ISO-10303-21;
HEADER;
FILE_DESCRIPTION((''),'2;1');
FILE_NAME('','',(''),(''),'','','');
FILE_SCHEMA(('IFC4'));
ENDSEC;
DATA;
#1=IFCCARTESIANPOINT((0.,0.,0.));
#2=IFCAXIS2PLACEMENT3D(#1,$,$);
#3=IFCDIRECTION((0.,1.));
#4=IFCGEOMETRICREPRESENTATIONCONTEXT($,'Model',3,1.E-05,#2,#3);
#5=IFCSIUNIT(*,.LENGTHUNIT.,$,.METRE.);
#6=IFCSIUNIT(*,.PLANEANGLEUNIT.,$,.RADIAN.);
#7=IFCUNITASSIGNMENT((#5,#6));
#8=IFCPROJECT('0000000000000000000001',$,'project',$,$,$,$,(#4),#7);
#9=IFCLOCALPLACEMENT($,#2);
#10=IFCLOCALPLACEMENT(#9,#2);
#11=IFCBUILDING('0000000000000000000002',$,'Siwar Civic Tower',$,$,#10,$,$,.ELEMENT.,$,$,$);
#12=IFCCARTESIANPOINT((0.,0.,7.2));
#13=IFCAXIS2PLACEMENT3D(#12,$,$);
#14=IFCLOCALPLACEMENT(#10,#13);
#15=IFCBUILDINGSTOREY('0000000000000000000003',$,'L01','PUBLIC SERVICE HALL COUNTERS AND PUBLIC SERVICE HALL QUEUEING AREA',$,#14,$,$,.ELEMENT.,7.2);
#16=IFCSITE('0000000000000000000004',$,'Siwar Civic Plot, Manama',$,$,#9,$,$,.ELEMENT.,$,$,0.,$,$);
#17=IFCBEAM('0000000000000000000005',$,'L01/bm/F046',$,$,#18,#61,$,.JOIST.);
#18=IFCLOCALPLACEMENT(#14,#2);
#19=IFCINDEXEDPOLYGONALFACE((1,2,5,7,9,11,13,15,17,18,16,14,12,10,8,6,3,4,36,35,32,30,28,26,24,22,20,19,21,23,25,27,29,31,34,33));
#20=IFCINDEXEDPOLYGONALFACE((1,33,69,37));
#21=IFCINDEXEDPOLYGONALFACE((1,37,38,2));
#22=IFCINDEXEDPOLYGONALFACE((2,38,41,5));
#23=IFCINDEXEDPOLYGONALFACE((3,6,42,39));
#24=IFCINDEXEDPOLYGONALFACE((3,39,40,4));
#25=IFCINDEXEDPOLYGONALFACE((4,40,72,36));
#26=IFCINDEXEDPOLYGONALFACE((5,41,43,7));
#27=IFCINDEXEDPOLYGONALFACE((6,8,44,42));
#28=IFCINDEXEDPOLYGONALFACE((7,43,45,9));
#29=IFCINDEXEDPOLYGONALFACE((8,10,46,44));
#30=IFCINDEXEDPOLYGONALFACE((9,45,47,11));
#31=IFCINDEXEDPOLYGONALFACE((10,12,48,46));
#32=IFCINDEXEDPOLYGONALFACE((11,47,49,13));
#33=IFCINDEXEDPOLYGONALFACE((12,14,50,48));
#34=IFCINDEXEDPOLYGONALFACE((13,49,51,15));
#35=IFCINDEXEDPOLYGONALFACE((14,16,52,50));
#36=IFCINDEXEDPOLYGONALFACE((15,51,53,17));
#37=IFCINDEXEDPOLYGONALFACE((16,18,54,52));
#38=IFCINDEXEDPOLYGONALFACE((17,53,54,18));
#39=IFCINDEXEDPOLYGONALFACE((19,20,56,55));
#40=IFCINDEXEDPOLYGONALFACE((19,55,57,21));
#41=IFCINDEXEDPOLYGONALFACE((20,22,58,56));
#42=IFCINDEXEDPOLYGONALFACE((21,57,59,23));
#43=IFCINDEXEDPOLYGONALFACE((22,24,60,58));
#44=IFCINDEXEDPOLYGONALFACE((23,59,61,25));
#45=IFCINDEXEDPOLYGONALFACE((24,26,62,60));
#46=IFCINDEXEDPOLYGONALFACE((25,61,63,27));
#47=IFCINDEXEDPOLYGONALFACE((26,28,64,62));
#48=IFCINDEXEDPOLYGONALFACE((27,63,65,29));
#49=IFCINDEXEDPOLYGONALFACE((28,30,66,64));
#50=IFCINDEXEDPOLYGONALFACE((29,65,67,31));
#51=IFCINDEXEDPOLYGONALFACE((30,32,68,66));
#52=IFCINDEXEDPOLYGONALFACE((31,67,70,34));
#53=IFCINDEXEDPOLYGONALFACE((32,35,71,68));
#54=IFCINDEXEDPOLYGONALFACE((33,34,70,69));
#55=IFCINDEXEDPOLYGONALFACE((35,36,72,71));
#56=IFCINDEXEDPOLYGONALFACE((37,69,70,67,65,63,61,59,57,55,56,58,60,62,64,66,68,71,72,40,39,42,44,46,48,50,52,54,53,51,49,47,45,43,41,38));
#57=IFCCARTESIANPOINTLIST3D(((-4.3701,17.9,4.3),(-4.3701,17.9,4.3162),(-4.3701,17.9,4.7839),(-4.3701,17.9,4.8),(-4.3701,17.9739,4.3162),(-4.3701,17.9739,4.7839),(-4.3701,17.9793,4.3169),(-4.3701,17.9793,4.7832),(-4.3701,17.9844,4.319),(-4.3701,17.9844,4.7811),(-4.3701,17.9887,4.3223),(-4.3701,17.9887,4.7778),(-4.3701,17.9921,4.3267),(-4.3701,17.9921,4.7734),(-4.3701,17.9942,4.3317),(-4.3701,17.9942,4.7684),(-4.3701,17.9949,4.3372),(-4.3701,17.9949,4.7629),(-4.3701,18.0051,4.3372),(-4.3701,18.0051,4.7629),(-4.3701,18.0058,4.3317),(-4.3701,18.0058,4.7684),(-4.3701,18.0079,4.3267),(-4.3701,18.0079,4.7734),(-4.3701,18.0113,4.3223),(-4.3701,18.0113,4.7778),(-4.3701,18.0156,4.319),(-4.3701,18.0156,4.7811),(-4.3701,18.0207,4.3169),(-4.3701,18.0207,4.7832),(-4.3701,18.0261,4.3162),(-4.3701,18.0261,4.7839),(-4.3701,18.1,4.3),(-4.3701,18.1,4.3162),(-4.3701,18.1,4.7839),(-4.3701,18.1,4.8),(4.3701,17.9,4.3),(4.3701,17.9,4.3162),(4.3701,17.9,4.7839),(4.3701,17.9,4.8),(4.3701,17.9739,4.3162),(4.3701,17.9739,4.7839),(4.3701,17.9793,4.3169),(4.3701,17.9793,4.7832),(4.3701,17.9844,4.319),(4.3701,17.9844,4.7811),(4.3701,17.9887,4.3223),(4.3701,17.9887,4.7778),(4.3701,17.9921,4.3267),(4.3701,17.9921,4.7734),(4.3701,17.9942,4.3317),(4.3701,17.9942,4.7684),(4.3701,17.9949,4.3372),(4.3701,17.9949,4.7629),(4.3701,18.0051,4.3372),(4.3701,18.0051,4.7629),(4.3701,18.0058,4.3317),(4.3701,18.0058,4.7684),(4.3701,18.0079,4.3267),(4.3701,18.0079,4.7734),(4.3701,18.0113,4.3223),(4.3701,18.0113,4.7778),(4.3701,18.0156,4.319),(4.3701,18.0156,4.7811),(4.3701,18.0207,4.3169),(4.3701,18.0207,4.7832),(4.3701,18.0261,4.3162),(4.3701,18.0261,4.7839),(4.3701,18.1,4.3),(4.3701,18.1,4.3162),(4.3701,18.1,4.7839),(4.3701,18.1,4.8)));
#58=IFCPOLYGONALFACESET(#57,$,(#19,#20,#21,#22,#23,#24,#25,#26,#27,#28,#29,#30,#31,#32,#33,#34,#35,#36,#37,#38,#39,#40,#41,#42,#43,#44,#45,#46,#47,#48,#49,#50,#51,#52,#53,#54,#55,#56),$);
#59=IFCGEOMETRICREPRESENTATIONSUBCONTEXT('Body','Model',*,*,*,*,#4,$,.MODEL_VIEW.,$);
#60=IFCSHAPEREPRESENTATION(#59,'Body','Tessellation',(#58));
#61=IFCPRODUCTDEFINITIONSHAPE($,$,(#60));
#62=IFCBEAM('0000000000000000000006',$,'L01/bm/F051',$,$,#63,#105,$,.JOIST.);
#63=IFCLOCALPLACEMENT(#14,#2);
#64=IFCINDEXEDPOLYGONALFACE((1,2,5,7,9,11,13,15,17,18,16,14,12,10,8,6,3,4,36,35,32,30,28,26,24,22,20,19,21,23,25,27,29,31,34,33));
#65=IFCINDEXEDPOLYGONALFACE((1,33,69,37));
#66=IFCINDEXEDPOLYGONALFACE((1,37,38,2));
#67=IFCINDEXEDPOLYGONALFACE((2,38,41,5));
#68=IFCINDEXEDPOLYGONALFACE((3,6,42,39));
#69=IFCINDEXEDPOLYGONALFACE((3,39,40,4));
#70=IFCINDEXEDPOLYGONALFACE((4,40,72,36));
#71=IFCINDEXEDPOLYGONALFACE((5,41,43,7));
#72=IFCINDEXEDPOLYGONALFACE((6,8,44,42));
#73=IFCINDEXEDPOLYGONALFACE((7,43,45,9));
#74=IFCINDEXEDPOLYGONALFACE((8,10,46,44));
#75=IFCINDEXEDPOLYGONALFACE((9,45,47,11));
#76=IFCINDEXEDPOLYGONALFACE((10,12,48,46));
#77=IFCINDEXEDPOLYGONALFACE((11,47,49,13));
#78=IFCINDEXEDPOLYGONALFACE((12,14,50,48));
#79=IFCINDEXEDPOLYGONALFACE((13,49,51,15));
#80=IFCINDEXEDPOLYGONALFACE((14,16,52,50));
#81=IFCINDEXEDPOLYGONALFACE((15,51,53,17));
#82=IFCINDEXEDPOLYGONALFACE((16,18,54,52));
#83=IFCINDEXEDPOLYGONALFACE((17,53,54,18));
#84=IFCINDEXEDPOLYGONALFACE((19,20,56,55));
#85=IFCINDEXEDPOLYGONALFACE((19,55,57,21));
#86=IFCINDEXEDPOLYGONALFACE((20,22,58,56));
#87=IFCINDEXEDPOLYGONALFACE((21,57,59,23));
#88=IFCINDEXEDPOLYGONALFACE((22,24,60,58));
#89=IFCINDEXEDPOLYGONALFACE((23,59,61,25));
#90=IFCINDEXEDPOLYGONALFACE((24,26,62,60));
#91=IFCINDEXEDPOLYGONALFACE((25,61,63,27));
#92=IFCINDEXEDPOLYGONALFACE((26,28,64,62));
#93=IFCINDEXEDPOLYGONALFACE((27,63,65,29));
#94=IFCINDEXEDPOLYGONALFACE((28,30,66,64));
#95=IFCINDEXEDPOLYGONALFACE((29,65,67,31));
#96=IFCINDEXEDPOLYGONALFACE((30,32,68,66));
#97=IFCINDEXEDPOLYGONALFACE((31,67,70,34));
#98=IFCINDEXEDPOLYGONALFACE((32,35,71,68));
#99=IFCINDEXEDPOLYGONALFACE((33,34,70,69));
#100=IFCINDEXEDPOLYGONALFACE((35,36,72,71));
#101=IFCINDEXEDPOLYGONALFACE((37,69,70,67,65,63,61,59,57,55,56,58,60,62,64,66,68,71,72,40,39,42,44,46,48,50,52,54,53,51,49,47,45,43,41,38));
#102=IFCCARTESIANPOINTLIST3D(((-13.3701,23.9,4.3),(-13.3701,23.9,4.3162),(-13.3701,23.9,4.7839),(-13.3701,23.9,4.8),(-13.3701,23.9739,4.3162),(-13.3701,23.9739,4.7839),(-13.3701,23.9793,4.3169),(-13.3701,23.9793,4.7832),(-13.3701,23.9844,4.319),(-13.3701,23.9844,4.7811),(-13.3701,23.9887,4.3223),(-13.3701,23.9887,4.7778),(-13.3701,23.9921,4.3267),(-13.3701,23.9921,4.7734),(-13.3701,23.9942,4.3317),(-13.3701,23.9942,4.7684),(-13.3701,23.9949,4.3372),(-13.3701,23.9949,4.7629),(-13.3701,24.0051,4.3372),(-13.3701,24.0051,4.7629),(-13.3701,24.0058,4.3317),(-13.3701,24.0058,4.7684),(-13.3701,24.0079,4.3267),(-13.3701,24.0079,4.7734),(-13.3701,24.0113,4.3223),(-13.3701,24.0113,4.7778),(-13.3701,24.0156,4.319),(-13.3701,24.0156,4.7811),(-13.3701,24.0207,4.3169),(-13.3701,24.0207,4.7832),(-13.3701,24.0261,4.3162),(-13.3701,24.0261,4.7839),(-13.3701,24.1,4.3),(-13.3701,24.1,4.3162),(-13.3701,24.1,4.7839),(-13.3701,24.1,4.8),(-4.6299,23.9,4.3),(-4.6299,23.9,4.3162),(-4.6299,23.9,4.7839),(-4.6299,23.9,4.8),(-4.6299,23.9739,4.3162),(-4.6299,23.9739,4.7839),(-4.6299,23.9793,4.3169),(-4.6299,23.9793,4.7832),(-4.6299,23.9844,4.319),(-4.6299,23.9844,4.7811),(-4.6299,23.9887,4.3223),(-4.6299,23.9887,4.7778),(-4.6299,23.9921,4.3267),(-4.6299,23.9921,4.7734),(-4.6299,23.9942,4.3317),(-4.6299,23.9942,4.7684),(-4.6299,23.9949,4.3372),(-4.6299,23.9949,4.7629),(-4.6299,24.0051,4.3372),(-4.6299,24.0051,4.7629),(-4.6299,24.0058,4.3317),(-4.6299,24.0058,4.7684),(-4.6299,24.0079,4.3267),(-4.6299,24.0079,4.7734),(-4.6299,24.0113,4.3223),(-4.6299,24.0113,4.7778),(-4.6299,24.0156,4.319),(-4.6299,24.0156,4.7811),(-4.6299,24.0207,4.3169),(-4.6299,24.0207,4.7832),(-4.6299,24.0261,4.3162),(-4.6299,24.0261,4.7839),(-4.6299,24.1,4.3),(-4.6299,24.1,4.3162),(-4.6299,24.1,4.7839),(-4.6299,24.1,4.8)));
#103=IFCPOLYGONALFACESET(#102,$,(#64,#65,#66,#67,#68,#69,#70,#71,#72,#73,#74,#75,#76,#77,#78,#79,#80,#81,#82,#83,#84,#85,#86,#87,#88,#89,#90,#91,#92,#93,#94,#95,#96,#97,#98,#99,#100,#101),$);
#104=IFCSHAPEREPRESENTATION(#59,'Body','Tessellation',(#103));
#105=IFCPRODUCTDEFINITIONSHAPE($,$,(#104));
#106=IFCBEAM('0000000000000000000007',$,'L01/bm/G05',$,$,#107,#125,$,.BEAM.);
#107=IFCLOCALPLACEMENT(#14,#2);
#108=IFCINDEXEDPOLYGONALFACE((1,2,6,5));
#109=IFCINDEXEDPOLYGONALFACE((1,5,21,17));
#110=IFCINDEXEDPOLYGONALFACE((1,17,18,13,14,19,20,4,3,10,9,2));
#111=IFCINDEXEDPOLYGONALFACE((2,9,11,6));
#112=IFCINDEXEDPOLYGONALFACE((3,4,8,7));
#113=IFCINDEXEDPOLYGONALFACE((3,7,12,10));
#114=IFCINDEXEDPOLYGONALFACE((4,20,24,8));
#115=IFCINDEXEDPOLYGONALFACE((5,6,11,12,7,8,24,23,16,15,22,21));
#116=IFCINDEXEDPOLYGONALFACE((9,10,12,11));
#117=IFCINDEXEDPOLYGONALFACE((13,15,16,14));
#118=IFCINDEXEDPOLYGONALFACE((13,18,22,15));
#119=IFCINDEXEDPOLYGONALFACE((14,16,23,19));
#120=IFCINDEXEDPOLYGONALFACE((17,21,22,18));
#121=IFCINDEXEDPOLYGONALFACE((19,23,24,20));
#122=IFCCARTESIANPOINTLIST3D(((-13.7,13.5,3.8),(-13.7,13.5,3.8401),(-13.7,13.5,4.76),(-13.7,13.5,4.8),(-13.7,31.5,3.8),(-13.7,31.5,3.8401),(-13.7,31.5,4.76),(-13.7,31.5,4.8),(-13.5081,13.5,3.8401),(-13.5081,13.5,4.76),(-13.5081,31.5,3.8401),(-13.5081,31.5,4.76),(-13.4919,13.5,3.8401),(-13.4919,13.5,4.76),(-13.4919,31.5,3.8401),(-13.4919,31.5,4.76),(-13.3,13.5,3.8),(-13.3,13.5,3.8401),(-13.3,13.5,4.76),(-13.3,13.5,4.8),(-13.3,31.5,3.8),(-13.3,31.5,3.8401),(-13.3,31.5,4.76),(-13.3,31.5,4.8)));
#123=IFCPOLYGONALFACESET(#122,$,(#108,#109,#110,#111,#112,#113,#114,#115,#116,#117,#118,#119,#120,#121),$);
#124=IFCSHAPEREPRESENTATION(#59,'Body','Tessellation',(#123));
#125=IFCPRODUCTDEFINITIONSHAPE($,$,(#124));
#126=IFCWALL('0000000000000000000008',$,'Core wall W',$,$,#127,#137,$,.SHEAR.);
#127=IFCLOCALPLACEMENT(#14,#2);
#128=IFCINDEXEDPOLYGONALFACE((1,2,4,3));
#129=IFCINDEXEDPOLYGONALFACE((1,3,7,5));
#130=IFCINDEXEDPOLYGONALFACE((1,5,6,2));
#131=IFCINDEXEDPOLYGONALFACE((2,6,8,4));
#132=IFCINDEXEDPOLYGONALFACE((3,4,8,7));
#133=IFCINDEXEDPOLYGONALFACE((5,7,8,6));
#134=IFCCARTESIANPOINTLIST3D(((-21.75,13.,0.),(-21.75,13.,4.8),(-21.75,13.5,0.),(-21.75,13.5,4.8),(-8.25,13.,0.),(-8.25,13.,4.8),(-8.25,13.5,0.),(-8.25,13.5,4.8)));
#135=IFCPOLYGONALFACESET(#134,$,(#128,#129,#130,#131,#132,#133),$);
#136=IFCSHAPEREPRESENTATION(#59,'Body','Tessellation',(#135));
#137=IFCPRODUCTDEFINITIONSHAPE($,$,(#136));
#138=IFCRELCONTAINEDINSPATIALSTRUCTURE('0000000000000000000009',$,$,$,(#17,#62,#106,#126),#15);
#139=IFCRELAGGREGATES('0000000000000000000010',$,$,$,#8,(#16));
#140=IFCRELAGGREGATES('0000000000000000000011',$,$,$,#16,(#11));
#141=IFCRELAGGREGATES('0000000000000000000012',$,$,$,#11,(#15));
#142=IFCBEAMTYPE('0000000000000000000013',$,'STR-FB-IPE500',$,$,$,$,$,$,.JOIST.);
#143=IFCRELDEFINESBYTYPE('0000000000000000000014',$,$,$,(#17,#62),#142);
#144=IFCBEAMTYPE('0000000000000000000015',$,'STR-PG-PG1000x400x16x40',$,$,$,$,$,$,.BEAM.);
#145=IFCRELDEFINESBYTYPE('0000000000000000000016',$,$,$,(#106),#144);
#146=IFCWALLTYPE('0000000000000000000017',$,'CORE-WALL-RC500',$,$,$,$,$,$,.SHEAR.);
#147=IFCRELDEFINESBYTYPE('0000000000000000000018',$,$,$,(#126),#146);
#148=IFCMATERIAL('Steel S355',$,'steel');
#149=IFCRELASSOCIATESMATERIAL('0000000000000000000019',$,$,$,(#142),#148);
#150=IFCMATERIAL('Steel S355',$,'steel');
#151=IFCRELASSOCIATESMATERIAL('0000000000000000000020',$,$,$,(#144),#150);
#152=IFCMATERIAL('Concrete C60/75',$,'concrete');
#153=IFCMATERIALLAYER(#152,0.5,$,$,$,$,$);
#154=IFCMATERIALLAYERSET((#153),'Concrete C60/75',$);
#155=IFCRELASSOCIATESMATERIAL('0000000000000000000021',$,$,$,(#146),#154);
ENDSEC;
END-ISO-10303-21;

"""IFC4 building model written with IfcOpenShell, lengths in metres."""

from ifc_helpers import new_model, si_unit, direction, frame, frame_2d, origin, origin_2d, place, context, subcontext, project, spatial, rectangle, i_section, extrude, material, layer, layer_set, material_profile, profile_set, type_object, element, save


model = new_model("IFC4")

# Units and contexts
model_context = context("Model", 3, precision=1e-05, world=origin(), true_north=direction((0.0, 1.0)))
body_context = subcontext(model_context, "Body", "Model", "MODEL_VIEW")
ifc_project = project(units=[si_unit("LENGTHUNIT", "METRE"), si_unit("PLANEANGLEUNIT", "RADIAN")], contexts=[model_context])

# Site, building, storey
site_placement = place(None, origin())
site = spatial("IfcSite", under=ifc_project, at=site_placement, Name="Siwar Civic Plot, Manama", CompositionType="ELEMENT", RefElevation=0.0)
building_placement = place(site_placement, origin())
building = spatial("IfcBuilding", under=site, at=building_placement, Name="Siwar Civic Tower", CompositionType="ELEMENT")
storey_placement = place(building_placement, frame((0.0, 0.0, 7.2)))
storey = spatial("IfcBuildingStorey", under=building, at=storey_placement, Name="L01", Description="PUBLIC SERVICE HALL COUNTERS AND PUBLIC SERVICE HALL QUEUEING AREA", CompositionType="ELEMENT", Elevation=7.2)

# Beams
ifc_material_1 = material(Name="Steel S355", Category="steel")
ifc_material_profile_1 = material_profile(ifc_material_1, i_section(OverallWidth=0.2, OverallDepth=0.5, WebThickness=0.0103, FlangeThickness=0.0161, FilletRadius=0.021, at=origin_2d()), Name="IPE500")
ifc_profile_set_1 = profile_set([ifc_material_profile_1], Name="Steel S355")
beam_type_1 = type_object("IfcBeamType", Name="STR-FB-IPE500", PredefinedType="JOIST", material=ifc_profile_set_1)
for number, where, z_axis, x_axis, name in (
    (1, (-4.3701, 18.0, 4.55), (1.0, 0.0, 0.0), (0.0, 1.0, 0.0), "L01/bm/F046"),
    (2, (-13.3701, 24.0, 4.55), (1.0, 0.0, 0.0), (0.0, 1.0, 0.0), "L01/bm/F051"),
):
    element("IfcBeam", number, at=place(storey_placement, frame(where, z_axis=z_axis, x_axis=x_axis)), inside=storey, type_object=beam_type_1, Name=name, PredefinedType="JOIST", context=body_context, shape_type="SweptSolid", body=[
        extrude(i_section(OverallWidth=0.2, OverallDepth=0.5, WebThickness=0.0103, FlangeThickness=0.0161, FilletRadius=0.021, at=origin_2d()), origin(), (0.0, 0.0, 1.0), 8.7402),
    ])
ifc_material_2 = material(Name="Steel S355", Category="steel")
ifc_material_profile_2 = material_profile(ifc_material_2, i_section(OverallWidth=0.3999, OverallDepth=1.0, WebThickness=0.0161, FlangeThickness=0.04, at=origin_2d()), Name="PG1000x400x16x40")
ifc_profile_set_2 = profile_set([ifc_material_profile_2], Name="Steel S355")
beam_type_2 = type_object("IfcBeamType", Name="STR-PG-PG1000x400x16x40", PredefinedType="BEAM", material=ifc_profile_set_2)
beam_1_placement = place(storey_placement, frame((-13.5, 13.5, 4.3), z_axis=(0.0, 1.0, 0.0), x_axis=(-1.0, 0.0, 0.0)))
element("IfcBeam", 3, at=beam_1_placement, inside=storey, type_object=beam_type_2, Name="L01/bm/G05", PredefinedType="BEAM", context=body_context, shape_type="SweptSolid", body=[
    extrude(i_section(OverallWidth=0.3999, OverallDepth=1.0, WebThickness=0.0161, FlangeThickness=0.04, at=origin_2d()), origin(), (0.0, 0.0, 1.0), 18.0),
])

# Wall
ifc_material_3 = material(Name="Concrete C60/75", Category="concrete")
ifc_layer_1 = layer(ifc_material_3, 0.5)
ifc_layer_set_1 = layer_set([ifc_layer_1], Name="Concrete C60/75")
wall_type_1 = type_object("IfcWallType", Name="CORE-WALL-RC500", PredefinedType="SHEAR", material=ifc_layer_set_1)
wall_1_placement = place(storey_placement, frame((-8.25, 13.25, 0.0), z_axis=(0.0, 0.0, 1.0), x_axis=(-1.0, 0.0, 0.0)))
element("IfcWall", 4, at=wall_1_placement, inside=storey, type_object=wall_type_1, Name="Core wall W", PredefinedType="SHEAR", context=body_context, shape_type="SweptSolid", body=[
    extrude(rectangle(XDim=13.5, YDim=0.5, at=frame_2d((6.75, 0.0))), origin(), (0.0, 0.0, 1.0), 4.8),
])

save(model, "model.ifc")
